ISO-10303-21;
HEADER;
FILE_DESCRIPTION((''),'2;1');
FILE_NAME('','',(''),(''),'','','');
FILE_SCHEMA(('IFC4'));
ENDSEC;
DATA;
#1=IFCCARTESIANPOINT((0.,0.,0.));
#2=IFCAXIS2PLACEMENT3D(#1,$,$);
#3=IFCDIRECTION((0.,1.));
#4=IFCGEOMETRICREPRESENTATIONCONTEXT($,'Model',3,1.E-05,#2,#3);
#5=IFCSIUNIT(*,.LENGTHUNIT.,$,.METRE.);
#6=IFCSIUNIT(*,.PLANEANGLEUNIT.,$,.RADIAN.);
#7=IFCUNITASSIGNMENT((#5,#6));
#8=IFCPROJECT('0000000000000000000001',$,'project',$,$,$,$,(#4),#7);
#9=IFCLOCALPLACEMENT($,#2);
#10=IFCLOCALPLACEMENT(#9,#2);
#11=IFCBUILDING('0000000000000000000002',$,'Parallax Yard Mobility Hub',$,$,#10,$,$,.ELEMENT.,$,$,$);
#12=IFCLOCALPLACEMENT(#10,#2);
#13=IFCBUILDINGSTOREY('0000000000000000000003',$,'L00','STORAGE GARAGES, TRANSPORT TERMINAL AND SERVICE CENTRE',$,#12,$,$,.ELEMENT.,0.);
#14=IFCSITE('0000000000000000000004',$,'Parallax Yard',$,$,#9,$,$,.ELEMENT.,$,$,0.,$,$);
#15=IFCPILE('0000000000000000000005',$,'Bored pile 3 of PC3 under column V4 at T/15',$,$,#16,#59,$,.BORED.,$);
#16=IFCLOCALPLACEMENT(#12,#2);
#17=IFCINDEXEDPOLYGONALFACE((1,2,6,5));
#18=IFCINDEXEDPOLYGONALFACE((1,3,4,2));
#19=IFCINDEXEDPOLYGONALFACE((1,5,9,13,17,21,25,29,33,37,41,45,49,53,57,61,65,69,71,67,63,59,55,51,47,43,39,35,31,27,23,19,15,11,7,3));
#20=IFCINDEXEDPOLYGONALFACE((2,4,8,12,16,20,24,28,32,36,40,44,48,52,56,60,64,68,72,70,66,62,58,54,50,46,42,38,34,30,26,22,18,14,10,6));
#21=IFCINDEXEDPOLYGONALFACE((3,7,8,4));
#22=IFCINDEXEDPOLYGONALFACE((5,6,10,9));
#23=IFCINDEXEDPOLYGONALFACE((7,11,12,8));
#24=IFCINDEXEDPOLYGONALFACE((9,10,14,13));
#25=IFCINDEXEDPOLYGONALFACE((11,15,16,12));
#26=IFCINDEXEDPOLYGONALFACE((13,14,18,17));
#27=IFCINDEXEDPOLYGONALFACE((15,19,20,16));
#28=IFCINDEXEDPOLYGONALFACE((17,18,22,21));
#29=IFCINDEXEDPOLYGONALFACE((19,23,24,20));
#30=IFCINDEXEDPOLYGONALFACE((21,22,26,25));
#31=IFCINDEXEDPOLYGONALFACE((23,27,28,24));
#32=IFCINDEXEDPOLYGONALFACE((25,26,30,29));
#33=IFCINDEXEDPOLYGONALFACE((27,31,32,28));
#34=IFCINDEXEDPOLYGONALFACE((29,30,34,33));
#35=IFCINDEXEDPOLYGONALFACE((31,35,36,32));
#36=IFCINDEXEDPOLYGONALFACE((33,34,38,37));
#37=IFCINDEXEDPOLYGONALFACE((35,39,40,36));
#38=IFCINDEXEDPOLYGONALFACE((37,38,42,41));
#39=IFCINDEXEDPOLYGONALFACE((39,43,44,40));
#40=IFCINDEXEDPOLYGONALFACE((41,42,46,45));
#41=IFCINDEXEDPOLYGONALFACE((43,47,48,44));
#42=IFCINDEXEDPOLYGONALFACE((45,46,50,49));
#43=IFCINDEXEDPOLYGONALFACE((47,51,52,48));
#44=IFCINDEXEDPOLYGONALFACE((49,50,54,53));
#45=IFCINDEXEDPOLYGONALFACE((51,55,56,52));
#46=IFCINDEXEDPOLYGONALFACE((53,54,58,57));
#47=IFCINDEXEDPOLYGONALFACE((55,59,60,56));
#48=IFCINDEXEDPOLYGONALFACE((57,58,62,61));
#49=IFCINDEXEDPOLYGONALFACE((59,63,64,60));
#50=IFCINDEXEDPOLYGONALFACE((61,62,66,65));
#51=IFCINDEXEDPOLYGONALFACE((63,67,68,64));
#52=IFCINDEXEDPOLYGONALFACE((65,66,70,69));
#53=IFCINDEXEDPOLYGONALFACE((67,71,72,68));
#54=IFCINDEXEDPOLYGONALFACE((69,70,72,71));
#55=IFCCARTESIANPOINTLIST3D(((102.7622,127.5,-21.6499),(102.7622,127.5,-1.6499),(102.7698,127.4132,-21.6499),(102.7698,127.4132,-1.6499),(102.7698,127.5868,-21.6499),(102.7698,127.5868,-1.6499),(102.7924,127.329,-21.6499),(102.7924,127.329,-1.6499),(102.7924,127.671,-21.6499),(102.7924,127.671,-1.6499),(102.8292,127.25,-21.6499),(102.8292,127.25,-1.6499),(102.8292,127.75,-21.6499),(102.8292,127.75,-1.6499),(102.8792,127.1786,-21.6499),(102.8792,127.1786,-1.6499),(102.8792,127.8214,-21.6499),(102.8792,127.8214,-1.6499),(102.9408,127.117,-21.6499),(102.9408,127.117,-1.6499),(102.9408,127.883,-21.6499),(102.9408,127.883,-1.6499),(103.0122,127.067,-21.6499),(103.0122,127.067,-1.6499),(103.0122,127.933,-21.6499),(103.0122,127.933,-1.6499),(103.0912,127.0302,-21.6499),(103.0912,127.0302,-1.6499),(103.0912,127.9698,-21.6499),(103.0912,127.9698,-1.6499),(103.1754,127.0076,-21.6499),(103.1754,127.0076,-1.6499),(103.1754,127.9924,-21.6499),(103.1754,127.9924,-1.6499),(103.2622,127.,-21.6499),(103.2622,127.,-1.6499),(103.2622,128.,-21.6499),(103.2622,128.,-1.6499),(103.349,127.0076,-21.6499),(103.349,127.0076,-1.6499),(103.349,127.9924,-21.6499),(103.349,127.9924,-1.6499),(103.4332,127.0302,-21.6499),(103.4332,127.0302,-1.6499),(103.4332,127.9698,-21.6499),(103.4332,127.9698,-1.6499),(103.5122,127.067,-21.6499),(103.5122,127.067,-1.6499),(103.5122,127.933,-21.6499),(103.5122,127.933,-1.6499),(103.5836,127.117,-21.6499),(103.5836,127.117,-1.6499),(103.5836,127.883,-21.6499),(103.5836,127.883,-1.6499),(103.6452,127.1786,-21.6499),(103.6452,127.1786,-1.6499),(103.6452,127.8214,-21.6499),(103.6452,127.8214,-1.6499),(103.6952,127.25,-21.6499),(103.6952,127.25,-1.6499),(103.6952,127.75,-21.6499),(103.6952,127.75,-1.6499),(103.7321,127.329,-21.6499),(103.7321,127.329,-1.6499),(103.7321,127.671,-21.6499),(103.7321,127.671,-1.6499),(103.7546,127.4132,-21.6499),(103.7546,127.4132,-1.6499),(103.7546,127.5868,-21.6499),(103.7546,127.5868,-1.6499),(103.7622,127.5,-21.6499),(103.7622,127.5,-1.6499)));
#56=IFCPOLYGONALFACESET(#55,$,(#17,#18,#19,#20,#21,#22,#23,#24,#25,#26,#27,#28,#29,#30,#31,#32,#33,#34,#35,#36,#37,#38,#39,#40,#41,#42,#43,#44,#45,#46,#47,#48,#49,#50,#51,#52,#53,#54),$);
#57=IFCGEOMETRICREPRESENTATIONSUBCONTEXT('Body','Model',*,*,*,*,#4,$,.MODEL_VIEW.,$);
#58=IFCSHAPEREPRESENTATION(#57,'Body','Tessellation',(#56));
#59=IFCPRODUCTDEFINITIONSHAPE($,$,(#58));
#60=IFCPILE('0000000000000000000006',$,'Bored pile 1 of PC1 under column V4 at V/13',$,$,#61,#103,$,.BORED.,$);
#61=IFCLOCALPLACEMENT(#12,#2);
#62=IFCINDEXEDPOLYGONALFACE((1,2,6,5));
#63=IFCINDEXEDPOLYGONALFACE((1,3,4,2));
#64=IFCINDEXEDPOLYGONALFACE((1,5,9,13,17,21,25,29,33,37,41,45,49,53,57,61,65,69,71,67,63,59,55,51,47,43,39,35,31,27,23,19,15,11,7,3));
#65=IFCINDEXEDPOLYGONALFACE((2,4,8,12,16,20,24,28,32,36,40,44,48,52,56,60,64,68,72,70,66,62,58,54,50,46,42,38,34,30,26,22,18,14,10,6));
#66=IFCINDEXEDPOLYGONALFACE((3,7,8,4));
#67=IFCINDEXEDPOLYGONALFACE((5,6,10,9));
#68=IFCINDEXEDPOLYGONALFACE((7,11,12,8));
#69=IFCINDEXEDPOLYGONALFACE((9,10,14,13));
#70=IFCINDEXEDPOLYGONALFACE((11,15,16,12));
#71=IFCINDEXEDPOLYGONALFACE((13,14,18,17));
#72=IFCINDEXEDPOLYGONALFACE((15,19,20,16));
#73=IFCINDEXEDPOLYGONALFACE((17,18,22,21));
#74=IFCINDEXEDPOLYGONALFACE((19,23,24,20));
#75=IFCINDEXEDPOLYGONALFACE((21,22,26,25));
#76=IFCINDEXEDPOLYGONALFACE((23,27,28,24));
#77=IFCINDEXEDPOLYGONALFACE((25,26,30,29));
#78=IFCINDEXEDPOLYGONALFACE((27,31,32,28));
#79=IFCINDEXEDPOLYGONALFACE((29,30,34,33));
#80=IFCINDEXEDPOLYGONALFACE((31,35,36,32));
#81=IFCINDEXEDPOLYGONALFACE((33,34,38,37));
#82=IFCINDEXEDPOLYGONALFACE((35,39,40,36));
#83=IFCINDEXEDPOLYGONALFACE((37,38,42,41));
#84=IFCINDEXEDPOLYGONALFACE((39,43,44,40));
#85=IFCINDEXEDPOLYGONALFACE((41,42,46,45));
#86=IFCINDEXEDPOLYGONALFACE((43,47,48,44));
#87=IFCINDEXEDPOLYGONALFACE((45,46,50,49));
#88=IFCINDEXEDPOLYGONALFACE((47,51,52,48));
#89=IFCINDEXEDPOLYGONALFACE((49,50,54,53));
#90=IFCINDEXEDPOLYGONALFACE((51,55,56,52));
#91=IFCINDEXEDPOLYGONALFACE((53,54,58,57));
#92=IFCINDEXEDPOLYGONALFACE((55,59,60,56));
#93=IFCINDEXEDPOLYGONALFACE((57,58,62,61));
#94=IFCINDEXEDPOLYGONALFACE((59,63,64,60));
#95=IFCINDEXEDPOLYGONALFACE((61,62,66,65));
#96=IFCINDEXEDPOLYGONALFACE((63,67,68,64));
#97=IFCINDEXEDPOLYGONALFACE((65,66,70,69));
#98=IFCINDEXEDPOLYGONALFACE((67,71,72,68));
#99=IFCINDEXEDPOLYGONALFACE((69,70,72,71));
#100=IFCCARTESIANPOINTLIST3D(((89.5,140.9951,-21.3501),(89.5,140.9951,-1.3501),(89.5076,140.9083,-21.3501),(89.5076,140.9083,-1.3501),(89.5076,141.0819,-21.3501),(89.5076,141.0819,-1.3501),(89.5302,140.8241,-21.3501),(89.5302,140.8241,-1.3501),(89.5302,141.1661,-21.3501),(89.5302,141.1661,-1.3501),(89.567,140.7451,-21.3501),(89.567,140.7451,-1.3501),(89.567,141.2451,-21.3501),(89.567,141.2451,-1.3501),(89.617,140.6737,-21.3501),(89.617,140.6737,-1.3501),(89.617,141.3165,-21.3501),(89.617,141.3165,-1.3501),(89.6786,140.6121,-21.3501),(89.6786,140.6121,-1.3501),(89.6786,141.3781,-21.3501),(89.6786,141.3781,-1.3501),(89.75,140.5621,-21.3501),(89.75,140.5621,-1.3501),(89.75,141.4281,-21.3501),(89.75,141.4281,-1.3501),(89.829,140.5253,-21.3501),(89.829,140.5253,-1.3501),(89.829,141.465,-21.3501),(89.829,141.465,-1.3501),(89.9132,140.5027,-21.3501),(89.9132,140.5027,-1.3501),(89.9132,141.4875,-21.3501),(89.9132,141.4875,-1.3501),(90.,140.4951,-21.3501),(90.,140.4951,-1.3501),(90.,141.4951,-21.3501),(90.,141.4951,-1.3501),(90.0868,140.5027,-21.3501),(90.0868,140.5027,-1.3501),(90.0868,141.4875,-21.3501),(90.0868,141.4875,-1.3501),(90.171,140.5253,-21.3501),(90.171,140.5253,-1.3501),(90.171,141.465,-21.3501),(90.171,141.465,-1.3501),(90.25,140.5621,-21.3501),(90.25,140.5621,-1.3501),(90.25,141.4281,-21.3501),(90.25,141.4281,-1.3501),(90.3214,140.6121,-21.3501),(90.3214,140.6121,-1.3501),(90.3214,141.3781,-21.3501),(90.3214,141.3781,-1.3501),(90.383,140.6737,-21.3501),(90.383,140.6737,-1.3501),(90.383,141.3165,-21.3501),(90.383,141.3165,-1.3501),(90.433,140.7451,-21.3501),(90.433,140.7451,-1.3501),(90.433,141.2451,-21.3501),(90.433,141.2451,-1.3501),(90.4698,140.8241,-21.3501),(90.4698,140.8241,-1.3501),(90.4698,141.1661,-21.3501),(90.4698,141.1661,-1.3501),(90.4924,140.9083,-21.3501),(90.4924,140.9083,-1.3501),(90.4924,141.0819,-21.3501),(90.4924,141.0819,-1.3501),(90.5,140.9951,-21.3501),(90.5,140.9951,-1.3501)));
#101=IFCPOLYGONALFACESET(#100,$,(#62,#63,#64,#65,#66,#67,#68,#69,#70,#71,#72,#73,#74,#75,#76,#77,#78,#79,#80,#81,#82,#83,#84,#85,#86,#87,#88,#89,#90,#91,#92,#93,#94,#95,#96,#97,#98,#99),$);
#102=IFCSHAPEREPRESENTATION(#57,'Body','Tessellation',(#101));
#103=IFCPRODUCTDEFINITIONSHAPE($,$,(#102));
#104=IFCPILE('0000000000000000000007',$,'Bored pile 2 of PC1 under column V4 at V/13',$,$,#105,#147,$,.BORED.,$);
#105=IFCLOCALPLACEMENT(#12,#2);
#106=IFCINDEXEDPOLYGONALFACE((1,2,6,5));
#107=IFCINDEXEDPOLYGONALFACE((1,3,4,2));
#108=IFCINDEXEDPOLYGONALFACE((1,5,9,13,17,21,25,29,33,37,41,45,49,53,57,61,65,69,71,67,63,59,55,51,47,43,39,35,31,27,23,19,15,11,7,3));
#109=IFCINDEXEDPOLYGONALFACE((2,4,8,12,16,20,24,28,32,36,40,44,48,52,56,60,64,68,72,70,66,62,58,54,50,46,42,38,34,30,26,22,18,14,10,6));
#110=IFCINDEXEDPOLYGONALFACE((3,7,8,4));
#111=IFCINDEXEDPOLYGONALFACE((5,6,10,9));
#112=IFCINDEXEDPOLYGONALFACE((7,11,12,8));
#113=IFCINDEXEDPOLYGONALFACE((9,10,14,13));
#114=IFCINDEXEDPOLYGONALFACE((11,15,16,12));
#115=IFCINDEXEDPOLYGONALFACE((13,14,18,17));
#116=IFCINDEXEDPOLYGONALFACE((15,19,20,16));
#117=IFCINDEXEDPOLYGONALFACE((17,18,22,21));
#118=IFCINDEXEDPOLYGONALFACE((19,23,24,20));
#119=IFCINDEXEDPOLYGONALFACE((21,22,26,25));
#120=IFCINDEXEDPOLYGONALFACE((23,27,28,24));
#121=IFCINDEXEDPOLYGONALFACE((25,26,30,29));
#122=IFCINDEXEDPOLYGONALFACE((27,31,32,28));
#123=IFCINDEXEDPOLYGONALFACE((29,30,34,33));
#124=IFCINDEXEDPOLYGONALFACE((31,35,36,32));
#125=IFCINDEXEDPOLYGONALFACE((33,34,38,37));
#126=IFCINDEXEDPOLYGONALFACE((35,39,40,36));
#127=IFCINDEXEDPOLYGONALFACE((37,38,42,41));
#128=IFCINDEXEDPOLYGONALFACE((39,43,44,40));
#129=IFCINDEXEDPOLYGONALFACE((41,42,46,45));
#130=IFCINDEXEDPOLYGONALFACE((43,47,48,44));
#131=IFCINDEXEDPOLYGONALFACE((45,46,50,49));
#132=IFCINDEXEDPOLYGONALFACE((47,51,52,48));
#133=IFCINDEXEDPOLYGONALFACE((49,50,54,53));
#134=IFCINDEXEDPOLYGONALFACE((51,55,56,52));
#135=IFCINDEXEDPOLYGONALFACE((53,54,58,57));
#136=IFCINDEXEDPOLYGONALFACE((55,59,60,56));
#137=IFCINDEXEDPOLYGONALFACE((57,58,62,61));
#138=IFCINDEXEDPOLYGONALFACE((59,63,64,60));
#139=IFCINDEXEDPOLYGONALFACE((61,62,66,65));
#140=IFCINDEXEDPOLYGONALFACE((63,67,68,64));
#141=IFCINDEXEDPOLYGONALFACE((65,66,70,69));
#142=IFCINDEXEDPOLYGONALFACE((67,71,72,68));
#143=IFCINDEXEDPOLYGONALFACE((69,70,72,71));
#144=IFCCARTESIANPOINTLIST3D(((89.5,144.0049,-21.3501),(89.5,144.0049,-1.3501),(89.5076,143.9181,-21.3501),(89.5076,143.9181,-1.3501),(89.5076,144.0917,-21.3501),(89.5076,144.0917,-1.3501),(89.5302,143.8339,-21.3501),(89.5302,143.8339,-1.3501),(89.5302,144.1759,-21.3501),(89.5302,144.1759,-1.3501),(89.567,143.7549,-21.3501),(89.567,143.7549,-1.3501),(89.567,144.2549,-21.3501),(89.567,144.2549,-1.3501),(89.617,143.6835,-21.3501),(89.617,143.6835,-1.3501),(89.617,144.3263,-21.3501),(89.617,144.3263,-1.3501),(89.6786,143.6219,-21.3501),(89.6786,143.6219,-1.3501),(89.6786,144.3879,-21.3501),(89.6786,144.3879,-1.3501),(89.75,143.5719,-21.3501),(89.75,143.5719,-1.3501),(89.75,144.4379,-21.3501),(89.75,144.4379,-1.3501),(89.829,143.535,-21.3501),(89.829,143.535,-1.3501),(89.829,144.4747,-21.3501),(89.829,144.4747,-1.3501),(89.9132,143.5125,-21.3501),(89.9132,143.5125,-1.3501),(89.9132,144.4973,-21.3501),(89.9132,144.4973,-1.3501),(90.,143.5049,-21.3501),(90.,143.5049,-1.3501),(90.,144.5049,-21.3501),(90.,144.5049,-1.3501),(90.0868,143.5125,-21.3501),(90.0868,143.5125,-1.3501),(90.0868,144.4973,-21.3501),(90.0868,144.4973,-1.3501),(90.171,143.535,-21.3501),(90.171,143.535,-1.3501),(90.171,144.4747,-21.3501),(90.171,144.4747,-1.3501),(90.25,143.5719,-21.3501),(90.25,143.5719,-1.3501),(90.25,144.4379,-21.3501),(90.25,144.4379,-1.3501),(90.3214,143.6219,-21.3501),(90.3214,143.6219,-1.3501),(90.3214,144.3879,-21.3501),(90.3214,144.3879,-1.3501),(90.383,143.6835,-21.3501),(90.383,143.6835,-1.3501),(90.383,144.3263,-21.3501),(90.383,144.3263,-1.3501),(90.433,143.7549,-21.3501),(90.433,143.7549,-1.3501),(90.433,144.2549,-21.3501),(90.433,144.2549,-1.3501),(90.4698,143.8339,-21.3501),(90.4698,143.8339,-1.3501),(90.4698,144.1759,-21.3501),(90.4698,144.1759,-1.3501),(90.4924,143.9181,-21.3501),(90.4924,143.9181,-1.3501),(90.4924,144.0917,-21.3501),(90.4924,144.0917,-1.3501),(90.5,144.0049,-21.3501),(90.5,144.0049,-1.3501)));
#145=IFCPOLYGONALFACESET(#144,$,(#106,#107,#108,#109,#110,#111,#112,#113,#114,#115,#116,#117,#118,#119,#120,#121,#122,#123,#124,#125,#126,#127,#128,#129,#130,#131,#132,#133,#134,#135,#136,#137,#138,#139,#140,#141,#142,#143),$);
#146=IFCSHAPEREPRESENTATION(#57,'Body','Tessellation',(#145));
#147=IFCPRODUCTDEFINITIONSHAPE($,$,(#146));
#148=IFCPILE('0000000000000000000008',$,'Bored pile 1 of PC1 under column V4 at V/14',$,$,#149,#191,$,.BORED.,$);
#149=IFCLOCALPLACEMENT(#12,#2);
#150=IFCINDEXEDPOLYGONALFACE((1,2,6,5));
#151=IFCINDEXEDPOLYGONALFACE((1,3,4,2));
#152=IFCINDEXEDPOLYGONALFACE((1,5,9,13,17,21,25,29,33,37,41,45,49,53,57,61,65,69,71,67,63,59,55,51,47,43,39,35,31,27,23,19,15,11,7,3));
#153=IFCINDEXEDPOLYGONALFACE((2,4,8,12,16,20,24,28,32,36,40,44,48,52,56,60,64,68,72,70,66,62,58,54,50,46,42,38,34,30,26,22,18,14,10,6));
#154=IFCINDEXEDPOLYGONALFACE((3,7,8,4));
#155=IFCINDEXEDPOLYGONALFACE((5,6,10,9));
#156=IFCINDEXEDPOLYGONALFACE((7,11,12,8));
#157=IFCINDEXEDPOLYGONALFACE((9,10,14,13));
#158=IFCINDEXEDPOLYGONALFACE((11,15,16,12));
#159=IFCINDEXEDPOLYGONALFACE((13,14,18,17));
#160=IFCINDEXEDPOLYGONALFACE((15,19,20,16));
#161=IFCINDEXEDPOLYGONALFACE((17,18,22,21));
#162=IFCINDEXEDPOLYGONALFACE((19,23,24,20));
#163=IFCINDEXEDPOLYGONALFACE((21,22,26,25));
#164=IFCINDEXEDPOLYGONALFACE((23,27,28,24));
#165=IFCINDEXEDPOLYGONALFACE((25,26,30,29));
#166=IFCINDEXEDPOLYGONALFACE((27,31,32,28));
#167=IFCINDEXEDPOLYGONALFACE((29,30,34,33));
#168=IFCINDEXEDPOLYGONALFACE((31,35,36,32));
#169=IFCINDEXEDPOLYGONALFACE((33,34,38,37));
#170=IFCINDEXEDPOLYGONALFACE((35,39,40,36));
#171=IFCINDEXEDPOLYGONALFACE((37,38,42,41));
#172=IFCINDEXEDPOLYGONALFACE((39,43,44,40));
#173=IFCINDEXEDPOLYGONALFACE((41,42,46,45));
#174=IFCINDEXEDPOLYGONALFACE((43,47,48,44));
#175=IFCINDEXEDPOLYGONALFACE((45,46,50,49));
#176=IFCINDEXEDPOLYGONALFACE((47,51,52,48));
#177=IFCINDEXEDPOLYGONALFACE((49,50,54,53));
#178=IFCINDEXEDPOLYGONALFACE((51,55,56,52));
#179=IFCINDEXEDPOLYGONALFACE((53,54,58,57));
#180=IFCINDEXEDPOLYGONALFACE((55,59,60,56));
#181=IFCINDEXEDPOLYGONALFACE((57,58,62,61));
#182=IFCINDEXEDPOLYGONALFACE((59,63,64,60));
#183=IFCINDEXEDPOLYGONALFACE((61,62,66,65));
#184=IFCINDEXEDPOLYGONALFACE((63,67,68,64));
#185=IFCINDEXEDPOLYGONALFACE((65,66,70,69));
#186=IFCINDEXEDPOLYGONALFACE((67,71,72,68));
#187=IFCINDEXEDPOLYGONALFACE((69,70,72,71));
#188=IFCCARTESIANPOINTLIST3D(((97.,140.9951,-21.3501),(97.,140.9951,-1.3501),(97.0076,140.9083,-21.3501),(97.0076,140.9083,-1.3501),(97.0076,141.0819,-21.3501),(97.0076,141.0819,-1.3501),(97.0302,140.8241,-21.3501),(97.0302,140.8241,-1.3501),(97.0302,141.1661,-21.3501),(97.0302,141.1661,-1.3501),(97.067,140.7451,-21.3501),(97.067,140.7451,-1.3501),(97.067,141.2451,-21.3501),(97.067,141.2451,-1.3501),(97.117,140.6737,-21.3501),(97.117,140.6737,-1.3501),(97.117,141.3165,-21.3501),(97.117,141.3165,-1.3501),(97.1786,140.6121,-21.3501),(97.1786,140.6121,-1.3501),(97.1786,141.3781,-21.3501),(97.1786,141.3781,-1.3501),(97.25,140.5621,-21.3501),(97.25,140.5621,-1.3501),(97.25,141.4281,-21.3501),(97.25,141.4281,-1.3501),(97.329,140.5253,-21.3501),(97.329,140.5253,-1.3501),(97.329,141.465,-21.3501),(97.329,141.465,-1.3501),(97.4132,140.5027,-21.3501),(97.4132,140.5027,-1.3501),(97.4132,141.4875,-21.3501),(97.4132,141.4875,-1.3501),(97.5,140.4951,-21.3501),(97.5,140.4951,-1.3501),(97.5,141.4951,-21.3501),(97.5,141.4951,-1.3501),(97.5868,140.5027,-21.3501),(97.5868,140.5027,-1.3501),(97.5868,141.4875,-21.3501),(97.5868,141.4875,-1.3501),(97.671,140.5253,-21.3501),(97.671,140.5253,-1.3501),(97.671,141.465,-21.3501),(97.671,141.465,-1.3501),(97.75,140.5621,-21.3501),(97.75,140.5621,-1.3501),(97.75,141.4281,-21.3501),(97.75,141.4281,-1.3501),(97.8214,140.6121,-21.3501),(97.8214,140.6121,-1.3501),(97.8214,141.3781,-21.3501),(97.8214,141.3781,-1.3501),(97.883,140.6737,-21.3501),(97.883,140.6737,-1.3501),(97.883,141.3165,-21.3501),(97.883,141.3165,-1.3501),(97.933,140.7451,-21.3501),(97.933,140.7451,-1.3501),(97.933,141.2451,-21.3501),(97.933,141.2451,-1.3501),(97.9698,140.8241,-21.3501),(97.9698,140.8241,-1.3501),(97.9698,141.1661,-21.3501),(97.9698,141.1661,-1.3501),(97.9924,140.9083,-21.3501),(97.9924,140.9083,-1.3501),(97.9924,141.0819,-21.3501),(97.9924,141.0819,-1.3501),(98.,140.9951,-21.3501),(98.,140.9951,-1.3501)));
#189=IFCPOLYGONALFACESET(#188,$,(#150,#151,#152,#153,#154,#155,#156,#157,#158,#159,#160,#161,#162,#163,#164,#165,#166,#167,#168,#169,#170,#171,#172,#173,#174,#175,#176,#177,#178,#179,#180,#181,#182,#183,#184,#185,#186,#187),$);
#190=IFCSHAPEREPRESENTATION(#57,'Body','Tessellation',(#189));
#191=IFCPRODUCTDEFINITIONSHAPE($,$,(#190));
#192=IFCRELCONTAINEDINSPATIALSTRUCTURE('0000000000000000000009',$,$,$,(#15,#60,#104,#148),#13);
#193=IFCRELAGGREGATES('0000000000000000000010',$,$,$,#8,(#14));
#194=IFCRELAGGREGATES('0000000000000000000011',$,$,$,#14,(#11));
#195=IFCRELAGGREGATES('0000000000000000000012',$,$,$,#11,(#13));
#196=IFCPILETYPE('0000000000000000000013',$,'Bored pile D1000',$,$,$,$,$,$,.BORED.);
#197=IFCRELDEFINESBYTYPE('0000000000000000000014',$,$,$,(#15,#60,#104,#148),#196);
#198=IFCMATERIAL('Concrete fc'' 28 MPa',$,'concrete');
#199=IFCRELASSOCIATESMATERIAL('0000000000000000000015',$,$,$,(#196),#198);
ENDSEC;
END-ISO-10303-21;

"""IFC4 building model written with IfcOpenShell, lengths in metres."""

from ifc_helpers import new_model, si_unit, direction, frame, origin, origin_2d, place, context, subcontext, project, spatial, circle, extrude, material, material_profile, profile_set, type_object, element, save


model = new_model("IFC4")

# Units and contexts
model_context = context("Model", 3, precision=1e-05, world=origin(), true_north=direction((0.0, 1.0)))
body_context = subcontext(model_context, "Body", "Model", "MODEL_VIEW")
ifc_project = project(units=[si_unit("LENGTHUNIT", "METRE"), si_unit("PLANEANGLEUNIT", "RADIAN")], contexts=[model_context])

# Site, building, storey
site_placement = place(None, origin())
site = spatial("IfcSite", under=ifc_project, at=site_placement, Name="Parallax Yard", CompositionType="ELEMENT", RefElevation=0.0)
building_placement = place(site_placement, origin())
building = spatial("IfcBuilding", under=site, at=building_placement, Name="Parallax Yard Mobility Hub", CompositionType="ELEMENT")
storey_placement = place(building_placement, origin())
storey = spatial("IfcBuildingStorey", under=building, at=storey_placement, Name="L00", Description="STORAGE GARAGES, TRANSPORT TERMINAL AND SERVICE CENTRE", CompositionType="ELEMENT", Elevation=0.0)

# Piles
ifc_material_1 = material(Name="Concrete fc' 28 MPa", Category="concrete")
ifc_material_profile_1 = material_profile(ifc_material_1, circle(Radius=0.5, at=origin_2d()), Name="Bored pile D1000")
ifc_profile_set_1 = profile_set([ifc_material_profile_1], Name="Concrete fc' 28 MPa")
pile_type = type_object("IfcPileType", Name="Bored pile D1000", PredefinedType="BORED", material=ifc_profile_set_1)
for number, where, z_axis, x_axis, name in (
    (1, (103.2622, 127.5, -1.6499), (0.0, 0.0, -1.0), (1.0, 0.0, 0.0), "Bored pile 3 of PC3 under column V4 at T/15"),
    (2, (90.0, 140.9951, -1.3501), (0.0, 0.0, -1.0), (1.0, 0.0, 0.0), "Bored pile 1 of PC1 under column V4 at V/13"),
    (3, (90.0, 144.0049, -1.3501), (0.0, 0.0, -1.0), (1.0, 0.0, 0.0), "Bored pile 2 of PC1 under column V4 at V/13"),
    (4, (97.5, 140.9951, -1.3501), (0.0, 0.0, -1.0), (1.0, 0.0, 0.0), "Bored pile 1 of PC1 under column V4 at V/14"),
):
    element("IfcPile", number, at=place(storey_placement, frame(where, z_axis=z_axis, x_axis=x_axis)), inside=storey, type_object=pile_type, Name=name, PredefinedType="BORED", context=body_context, shape_type="SweptSolid", body=[
        extrude(circle(Radius=0.5, at=origin_2d()), origin(), (0.0, 0.0, 1.0), 20.0),
    ])

save(model, "model.ifc")
